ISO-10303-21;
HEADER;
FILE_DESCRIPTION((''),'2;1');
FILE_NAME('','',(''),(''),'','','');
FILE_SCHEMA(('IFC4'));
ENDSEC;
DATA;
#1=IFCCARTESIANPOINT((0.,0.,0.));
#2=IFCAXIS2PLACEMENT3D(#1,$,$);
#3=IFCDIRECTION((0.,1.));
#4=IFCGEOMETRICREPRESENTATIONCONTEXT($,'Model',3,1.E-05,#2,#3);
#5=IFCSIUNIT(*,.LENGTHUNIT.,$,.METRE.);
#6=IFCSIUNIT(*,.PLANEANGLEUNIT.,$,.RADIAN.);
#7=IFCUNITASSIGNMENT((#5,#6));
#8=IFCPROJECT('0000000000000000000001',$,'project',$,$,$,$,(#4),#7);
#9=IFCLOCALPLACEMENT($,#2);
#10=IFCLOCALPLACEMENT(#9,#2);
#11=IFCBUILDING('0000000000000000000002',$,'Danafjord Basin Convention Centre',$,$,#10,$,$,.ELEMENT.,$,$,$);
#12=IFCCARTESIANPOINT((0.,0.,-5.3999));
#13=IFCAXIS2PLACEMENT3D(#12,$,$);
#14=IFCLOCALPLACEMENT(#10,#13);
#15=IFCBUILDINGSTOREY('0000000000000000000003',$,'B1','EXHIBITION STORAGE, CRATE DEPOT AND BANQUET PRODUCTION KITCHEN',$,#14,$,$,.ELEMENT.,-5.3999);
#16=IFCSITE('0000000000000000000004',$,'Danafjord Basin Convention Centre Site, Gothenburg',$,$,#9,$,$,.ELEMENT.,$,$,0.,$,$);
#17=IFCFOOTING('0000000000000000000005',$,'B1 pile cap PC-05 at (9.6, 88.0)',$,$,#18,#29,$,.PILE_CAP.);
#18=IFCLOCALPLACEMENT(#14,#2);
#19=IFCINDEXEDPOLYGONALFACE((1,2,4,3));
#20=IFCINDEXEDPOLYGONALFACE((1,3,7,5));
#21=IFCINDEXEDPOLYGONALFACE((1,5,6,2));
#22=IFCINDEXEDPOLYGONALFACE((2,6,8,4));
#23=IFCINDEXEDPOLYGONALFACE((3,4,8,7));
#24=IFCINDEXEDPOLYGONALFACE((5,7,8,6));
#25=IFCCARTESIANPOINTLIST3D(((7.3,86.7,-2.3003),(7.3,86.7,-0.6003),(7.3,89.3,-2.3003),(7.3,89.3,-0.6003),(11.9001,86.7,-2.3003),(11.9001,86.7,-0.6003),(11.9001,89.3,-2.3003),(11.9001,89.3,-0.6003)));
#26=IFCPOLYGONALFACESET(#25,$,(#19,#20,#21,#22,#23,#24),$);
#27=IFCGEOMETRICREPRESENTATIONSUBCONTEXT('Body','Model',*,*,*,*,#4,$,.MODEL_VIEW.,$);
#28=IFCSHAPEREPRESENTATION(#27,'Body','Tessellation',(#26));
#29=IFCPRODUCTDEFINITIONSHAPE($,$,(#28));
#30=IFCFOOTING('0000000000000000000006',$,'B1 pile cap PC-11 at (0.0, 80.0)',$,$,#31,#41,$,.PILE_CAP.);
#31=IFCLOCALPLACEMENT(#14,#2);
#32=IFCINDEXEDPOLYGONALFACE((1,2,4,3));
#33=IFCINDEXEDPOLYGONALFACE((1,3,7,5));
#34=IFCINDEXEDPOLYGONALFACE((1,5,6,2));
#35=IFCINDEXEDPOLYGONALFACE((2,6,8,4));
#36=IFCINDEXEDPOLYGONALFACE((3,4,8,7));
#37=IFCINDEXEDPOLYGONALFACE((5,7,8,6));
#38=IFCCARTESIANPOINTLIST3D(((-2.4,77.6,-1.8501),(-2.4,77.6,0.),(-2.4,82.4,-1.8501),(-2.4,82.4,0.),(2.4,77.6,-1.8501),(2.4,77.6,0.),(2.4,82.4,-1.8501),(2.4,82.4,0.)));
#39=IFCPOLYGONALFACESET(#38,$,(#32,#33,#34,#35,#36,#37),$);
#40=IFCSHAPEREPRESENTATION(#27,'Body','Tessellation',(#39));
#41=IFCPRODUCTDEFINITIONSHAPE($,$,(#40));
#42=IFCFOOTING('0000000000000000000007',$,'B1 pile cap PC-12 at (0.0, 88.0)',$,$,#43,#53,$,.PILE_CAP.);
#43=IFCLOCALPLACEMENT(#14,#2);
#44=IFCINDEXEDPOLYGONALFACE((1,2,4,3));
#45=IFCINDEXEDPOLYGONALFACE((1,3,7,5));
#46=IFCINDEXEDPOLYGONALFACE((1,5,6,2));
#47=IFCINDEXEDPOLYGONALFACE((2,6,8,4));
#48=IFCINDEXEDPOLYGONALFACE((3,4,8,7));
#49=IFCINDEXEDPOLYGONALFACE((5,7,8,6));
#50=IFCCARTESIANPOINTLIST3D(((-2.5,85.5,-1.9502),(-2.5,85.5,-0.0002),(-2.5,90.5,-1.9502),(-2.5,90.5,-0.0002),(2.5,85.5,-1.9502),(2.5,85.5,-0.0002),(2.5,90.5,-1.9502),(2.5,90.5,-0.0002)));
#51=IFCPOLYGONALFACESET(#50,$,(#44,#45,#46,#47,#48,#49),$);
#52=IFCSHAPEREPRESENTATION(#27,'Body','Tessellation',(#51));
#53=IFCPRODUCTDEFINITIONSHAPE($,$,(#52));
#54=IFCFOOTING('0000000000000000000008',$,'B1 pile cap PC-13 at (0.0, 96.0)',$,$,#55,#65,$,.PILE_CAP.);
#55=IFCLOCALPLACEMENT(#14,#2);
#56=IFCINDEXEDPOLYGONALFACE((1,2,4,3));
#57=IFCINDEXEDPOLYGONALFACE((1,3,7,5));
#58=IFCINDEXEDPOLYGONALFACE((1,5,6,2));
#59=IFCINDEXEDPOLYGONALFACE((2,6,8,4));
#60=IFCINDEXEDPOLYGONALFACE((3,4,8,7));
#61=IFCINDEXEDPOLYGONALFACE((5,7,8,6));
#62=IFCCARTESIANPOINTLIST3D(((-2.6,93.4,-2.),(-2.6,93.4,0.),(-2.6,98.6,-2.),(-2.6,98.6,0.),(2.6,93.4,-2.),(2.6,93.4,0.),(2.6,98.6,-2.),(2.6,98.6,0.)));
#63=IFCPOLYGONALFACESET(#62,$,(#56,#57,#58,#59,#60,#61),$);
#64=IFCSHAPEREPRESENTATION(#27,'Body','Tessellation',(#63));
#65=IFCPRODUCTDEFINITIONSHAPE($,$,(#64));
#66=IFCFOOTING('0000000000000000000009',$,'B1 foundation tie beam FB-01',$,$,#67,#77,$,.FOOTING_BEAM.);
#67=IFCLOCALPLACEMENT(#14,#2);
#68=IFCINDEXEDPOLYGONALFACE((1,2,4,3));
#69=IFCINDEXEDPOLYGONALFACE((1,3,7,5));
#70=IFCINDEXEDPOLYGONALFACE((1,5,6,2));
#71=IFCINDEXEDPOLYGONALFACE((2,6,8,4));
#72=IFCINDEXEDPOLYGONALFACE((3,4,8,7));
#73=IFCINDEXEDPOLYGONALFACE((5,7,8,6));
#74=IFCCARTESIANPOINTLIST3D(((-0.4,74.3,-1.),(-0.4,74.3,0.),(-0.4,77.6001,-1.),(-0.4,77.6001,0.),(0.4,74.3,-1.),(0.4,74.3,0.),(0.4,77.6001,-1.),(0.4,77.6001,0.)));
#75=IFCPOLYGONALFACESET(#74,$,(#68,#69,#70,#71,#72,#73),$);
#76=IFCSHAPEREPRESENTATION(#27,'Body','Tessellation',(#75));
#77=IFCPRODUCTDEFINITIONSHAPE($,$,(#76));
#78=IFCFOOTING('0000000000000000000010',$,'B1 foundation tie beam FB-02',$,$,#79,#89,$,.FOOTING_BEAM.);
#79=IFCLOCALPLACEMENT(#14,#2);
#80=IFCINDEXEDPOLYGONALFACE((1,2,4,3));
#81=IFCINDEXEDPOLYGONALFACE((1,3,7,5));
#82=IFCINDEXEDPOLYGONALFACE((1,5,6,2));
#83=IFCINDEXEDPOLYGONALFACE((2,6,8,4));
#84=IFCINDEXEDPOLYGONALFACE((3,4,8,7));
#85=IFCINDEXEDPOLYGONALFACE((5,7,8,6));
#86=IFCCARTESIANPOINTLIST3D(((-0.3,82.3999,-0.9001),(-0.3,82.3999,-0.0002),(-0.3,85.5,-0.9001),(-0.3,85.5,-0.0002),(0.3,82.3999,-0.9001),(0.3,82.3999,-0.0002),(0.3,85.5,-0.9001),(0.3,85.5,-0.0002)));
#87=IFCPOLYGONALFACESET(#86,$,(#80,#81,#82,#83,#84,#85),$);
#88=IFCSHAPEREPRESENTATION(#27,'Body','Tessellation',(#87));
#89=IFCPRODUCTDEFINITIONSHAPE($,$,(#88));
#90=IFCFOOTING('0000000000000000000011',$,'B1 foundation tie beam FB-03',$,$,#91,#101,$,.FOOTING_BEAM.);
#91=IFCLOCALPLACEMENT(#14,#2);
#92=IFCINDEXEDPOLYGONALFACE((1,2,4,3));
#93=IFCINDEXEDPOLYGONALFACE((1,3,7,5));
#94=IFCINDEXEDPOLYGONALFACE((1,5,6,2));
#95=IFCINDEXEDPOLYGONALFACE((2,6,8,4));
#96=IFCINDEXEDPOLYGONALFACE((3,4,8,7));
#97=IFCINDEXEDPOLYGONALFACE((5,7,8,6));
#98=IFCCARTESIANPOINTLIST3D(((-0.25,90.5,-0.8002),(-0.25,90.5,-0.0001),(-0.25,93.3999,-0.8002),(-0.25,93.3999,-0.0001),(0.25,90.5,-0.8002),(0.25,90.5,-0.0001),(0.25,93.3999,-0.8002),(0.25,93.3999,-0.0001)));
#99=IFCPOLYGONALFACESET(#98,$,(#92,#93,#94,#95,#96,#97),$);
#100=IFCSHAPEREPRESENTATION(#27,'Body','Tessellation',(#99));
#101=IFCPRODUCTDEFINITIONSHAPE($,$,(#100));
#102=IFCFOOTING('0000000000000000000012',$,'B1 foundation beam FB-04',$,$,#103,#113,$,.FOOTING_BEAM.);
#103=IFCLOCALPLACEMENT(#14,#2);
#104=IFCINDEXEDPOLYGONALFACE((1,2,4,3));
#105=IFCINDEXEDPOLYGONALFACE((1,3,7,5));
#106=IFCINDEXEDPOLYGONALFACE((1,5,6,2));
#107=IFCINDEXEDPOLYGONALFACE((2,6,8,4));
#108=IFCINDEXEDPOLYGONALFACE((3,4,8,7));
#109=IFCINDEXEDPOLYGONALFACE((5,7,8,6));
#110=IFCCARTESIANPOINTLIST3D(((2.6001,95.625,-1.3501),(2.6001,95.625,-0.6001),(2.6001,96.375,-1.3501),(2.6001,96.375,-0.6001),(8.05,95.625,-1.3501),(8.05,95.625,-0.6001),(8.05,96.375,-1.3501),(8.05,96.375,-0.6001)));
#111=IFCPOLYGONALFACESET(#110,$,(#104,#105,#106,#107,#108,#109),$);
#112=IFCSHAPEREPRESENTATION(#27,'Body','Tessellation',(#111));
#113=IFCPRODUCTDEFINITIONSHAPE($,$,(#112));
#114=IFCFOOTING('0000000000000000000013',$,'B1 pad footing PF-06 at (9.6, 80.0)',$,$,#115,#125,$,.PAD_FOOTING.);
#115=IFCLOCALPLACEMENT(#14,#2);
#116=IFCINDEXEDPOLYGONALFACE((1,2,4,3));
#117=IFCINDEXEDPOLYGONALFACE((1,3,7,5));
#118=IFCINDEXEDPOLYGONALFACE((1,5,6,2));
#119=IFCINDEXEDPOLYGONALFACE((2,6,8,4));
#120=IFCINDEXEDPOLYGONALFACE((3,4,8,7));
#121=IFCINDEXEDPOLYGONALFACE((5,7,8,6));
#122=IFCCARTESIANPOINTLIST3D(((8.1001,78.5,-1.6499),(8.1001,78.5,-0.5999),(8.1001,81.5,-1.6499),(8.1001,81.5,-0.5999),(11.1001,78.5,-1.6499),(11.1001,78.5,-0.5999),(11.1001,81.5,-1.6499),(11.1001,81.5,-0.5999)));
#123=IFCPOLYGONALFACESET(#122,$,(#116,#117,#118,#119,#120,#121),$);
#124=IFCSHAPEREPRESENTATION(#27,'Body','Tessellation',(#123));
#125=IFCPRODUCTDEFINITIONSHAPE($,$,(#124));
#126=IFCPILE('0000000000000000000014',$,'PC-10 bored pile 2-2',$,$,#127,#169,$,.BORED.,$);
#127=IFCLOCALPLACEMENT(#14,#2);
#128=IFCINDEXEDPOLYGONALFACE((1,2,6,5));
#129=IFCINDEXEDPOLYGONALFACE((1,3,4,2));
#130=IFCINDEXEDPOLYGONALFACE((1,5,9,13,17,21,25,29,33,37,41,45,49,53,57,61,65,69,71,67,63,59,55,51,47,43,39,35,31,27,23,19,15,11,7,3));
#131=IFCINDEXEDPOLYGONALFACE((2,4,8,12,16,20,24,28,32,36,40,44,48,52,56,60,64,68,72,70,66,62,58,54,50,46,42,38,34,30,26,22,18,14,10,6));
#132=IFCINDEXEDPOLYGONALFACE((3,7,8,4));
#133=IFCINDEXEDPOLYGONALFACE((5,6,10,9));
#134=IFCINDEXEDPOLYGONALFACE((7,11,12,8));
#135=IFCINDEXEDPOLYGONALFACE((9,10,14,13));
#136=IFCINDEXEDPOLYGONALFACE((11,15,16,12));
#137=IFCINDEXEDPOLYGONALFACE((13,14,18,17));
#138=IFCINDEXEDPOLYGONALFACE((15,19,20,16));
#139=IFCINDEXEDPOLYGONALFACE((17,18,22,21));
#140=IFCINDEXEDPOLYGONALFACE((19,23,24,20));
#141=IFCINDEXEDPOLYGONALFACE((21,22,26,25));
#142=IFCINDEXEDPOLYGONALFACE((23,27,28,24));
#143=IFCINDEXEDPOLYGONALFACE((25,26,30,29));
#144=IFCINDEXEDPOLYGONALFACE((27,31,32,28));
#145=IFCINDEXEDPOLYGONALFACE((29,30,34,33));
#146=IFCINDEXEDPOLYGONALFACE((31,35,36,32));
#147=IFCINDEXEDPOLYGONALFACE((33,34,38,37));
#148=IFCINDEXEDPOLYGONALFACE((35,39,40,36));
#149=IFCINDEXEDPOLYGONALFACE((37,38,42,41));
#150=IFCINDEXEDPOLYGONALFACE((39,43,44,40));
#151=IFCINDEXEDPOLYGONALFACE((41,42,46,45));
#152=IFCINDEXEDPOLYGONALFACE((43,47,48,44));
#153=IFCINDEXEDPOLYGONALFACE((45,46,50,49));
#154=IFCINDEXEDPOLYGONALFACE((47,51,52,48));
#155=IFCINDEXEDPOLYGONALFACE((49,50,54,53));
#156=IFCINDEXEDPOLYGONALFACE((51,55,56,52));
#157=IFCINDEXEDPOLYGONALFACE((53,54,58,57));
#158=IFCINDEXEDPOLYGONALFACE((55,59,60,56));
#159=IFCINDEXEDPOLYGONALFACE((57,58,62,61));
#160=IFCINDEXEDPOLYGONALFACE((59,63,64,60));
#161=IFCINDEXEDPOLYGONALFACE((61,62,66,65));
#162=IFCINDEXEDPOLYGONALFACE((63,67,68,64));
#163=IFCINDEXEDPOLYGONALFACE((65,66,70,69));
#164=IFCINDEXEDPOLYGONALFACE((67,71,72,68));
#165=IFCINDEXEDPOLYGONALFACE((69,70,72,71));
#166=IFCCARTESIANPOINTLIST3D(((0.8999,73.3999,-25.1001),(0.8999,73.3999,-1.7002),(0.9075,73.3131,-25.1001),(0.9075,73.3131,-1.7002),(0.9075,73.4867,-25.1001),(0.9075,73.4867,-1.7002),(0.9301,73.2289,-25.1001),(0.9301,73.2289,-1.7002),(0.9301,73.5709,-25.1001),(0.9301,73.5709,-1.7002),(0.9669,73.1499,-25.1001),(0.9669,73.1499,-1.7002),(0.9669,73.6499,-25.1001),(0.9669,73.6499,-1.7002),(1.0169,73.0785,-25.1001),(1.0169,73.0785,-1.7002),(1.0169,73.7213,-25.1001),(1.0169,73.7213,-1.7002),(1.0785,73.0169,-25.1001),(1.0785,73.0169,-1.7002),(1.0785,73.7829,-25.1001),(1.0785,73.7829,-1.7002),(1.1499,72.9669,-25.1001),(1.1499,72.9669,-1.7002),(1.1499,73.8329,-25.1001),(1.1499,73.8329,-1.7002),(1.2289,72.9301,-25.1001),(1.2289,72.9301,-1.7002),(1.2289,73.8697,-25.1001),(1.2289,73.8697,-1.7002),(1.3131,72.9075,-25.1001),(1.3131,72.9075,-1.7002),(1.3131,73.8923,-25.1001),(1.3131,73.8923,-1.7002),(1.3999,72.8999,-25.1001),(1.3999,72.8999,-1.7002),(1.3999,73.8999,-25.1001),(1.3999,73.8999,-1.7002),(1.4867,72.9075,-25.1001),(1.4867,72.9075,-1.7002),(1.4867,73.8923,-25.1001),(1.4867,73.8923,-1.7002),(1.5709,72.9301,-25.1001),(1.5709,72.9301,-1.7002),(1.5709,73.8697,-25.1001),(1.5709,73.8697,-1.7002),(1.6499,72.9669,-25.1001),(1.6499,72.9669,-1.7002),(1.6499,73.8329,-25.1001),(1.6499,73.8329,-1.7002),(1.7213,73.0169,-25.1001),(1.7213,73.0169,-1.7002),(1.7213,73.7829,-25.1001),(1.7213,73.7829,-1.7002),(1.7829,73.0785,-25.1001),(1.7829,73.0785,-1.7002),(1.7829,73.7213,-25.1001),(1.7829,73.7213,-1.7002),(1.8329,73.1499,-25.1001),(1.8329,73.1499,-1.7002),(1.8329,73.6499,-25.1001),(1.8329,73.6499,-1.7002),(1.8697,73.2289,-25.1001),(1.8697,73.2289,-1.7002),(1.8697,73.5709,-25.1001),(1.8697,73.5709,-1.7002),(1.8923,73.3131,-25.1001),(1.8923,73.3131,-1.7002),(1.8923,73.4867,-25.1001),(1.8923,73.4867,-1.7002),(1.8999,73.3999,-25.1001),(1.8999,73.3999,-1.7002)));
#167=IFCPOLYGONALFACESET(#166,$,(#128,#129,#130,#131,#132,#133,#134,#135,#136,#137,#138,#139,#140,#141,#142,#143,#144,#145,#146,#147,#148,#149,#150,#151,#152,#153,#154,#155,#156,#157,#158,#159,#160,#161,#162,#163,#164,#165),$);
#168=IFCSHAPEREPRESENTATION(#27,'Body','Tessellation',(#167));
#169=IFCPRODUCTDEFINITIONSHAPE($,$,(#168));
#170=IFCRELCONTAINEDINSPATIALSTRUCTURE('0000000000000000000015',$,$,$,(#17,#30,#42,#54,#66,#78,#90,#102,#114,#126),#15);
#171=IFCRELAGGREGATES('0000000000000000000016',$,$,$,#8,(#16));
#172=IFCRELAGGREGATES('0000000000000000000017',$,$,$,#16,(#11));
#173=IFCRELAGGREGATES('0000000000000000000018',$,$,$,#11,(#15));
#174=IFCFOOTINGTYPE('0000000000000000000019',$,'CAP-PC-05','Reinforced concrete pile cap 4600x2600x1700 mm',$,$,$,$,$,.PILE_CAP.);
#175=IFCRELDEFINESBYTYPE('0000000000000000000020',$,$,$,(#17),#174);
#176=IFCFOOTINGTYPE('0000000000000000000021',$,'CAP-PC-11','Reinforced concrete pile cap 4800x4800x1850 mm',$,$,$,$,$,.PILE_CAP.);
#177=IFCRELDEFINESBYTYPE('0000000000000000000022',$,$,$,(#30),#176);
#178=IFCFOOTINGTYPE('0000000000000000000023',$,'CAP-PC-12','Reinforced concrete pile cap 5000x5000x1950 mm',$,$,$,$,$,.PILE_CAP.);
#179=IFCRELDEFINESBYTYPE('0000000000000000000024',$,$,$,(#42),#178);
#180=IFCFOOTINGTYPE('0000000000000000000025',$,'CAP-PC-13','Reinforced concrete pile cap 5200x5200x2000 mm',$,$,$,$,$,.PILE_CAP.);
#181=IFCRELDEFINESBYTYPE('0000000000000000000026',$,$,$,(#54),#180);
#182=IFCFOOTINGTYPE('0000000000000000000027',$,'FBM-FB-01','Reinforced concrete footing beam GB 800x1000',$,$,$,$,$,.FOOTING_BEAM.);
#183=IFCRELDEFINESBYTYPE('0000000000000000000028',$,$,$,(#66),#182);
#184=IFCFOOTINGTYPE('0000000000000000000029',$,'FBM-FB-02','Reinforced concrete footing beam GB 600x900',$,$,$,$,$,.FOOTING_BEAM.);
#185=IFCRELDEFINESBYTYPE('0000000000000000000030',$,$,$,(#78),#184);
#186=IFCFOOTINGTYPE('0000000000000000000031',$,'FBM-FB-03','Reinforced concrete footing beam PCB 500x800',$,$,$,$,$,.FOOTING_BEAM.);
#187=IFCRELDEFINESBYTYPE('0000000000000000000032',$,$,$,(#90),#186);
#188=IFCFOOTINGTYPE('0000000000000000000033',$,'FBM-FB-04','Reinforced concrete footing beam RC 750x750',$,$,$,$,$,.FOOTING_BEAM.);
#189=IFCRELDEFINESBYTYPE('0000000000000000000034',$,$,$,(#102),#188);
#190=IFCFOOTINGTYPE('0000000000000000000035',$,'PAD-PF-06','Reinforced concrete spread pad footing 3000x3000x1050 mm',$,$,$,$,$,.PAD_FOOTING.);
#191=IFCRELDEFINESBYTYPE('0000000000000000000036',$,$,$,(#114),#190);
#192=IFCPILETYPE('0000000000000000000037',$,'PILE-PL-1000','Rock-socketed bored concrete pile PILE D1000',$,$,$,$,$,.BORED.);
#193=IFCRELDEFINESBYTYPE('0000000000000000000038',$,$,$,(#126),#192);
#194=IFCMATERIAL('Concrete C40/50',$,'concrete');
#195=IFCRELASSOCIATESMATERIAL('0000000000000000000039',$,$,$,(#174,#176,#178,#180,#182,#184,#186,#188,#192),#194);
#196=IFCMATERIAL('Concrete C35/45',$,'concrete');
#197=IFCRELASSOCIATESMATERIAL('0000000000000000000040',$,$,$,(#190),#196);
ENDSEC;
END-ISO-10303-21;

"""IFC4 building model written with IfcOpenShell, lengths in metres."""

from ifc_helpers import new_model, si_unit, direction, frame, origin, origin_2d, place, context, subcontext, project, spatial, rectangle, circle, extrude, material, material_profile, profile_set, type_object, element, save


model = new_model("IFC4")

# Units and contexts
model_context = context("Model", 3, precision=1e-05, world=origin(), true_north=direction((0.0, 1.0)))
body_context = subcontext(model_context, "Body", "Model", "MODEL_VIEW")
ifc_project = project(units=[si_unit("LENGTHUNIT", "METRE"), si_unit("PLANEANGLEUNIT", "RADIAN")], contexts=[model_context])

# Site, building, storey
site_placement = place(None, origin())
site = spatial("IfcSite", under=ifc_project, at=site_placement, Name="Danafjord Basin Convention Centre Site, Gothenburg", CompositionType="ELEMENT", RefElevation=0.0)
building_placement = place(site_placement, origin())
building = spatial("IfcBuilding", under=site, at=building_placement, Name="Danafjord Basin Convention Centre", CompositionType="ELEMENT")
storey_placement = place(building_placement, frame((0.0, 0.0, -5.3999)))
storey = spatial("IfcBuildingStorey", under=building, at=storey_placement, Name="B1", Description="EXHIBITION STORAGE, CRATE DEPOT AND BANQUET PRODUCTION KITCHEN", CompositionType="ELEMENT", Elevation=-5.3999)

# Footings
ifc_material_1 = material(Name="Concrete C40/50", Category="concrete")
footing_type_1 = type_object("IfcFootingType", Name="CAP-PC-05", Description="Reinforced concrete pile cap 4600x2600x1700 mm", PredefinedType="PILE_CAP", material=ifc_material_1)
footing_1_placement = place(storey_placement, frame((9.6001, 88.0, -2.3003), z_axis=(0.0, 0.0, 1.0), x_axis=(1.0, 0.0, 0.0)))
element("IfcFooting", 1, at=footing_1_placement, inside=storey, type_object=footing_type_1, Name="B1 pile cap PC-05 at (9.6, 88.0)", PredefinedType="PILE_CAP", context=body_context, shape_type="SweptSolid", body=[
    extrude(rectangle(XDim=4.6001, YDim=2.6001, at=origin_2d()), origin(), (0.0, 0.0, 1.0), 1.7),
])
footing_type_2 = type_object("IfcFootingType", Name="CAP-PC-11", Description="Reinforced concrete pile cap 4800x4800x1850 mm", PredefinedType="PILE_CAP", material=ifc_material_1)
footing_2_placement = place(storey_placement, frame((0.0, 80.0, -1.8501), z_axis=(0.0, 0.0, 1.0), x_axis=(1.0, 0.0, 0.0)))
element("IfcFooting", 2, at=footing_2_placement, inside=storey, type_object=footing_type_2, Name="B1 pile cap PC-11 at (0.0, 80.0)", PredefinedType="PILE_CAP", context=body_context, shape_type="SweptSolid", body=[
    extrude(rectangle(XDim=4.8, YDim=4.8, at=origin_2d()), origin(), (0.0, 0.0, 1.0), 1.8501),
])
footing_type_3 = type_object("IfcFootingType", Name="CAP-PC-12", Description="Reinforced concrete pile cap 5000x5000x1950 mm", PredefinedType="PILE_CAP", material=ifc_material_1)
footing_3_placement = place(storey_placement, frame((0.0, 88.0, -1.9502), z_axis=(0.0, 0.0, 1.0), x_axis=(1.0, 0.0, 0.0)))
element("IfcFooting", 3, at=footing_3_placement, inside=storey, type_object=footing_type_3, Name="B1 pile cap PC-12 at (0.0, 88.0)", PredefinedType="PILE_CAP", context=body_context, shape_type="SweptSolid", body=[
    extrude(rectangle(XDim=5.0, YDim=5.0, at=origin_2d()), origin(), (0.0, 0.0, 1.0), 1.95),
])
footing_type_4 = type_object("IfcFootingType", Name="CAP-PC-13", Description="Reinforced concrete pile cap 5200x5200x2000 mm", PredefinedType="PILE_CAP", material=ifc_material_1)
footing_4_placement = place(storey_placement, frame((0.0, 96.0, -2.0), z_axis=(0.0, 0.0, 1.0), x_axis=(1.0, 0.0, 0.0)))
element("IfcFooting", 4, at=footing_4_placement, inside=storey, type_object=footing_type_4, Name="B1 pile cap PC-13 at (0.0, 96.0)", PredefinedType="PILE_CAP", context=body_context, shape_type="SweptSolid", body=[
    extrude(rectangle(XDim=5.2, YDim=5.2, at=origin_2d()), origin(), (0.0, 0.0, 1.0), 2.0),
])
ifc_material_profile_1 = material_profile(ifc_material_1, rectangle(XDim=0.8, YDim=1.0, at=origin_2d()), Name="GB 800x1000")
ifc_profile_set_1 = profile_set([ifc_material_profile_1], Name="Concrete C40/50")
footing_type_5 = type_object("IfcFootingType", Name="FBM-FB-01", Description="Reinforced concrete footing beam GB 800x1000", PredefinedType="FOOTING_BEAM", material=ifc_profile_set_1)
footing_5_placement = place(storey_placement, frame((0.0, 74.3, -0.5), z_axis=(0.0, 1.0, 0.0), x_axis=(-1.0, 0.0, 0.0)))
element("IfcFooting", 5, at=footing_5_placement, inside=storey, type_object=footing_type_5, Name="B1 foundation tie beam FB-01", PredefinedType="FOOTING_BEAM", context=body_context, shape_type="SweptSolid", body=[
    extrude(rectangle(XDim=0.8, YDim=1.0, at=origin_2d()), origin(), (0.0, 0.0, 1.0), 3.3),
])
ifc_material_profile_2 = material_profile(ifc_material_1, rectangle(XDim=0.6001, YDim=0.8999, at=origin_2d()), Name="GB 600x900")
ifc_profile_set_2 = profile_set([ifc_material_profile_2], Name="Concrete C40/50")
footing_type_6 = type_object("IfcFootingType", Name="FBM-FB-02", Description="Reinforced concrete footing beam GB 600x900", PredefinedType="FOOTING_BEAM", material=ifc_profile_set_2)
footing_6_placement = place(storey_placement, frame((0.0, 82.3999, -0.4502), z_axis=(0.0, 1.0, 0.0), x_axis=(-1.0, 0.0, 0.0)))
element("IfcFooting", 6, at=footing_6_placement, inside=storey, type_object=footing_type_6, Name="B1 foundation tie beam FB-02", PredefinedType="FOOTING_BEAM", context=body_context, shape_type="SweptSolid", body=[
    extrude(rectangle(XDim=0.6001, YDim=0.8999, at=origin_2d()), origin(), (0.0, 0.0, 1.0), 3.1001),
])
ifc_material_profile_3 = material_profile(ifc_material_1, rectangle(XDim=0.5, YDim=0.8, at=origin_2d()), Name="PCB 500x800")
ifc_profile_set_3 = profile_set([ifc_material_profile_3], Name="Concrete C40/50")
footing_type_7 = type_object("IfcFootingType", Name="FBM-FB-03", Description="Reinforced concrete footing beam PCB 500x800", PredefinedType="FOOTING_BEAM", material=ifc_profile_set_3)
footing_7_placement = place(storey_placement, frame((0.0, 90.5, -0.4001), z_axis=(0.0, 1.0, 0.0), x_axis=(-1.0, 0.0, 0.0)))
element("IfcFooting", 7, at=footing_7_placement, inside=storey, type_object=footing_type_7, Name="B1 foundation tie beam FB-03", PredefinedType="FOOTING_BEAM", context=body_context, shape_type="SweptSolid", body=[
    extrude(rectangle(XDim=0.5, YDim=0.8, at=origin_2d()), origin(), (0.0, 0.0, 1.0), 2.8999),
])
ifc_material_profile_4 = material_profile(ifc_material_1, rectangle(XDim=0.75, YDim=0.75, at=origin_2d()), Name="RC 750x750")
ifc_profile_set_4 = profile_set([ifc_material_profile_4], Name="Concrete C40/50")
footing_type_8 = type_object("IfcFootingType", Name="FBM-FB-04", Description="Reinforced concrete footing beam RC 750x750", PredefinedType="FOOTING_BEAM", material=ifc_profile_set_4)
footing_8_placement = place(storey_placement, frame((2.6001, 96.0, -0.9751), z_axis=(1.0, 0.0, 0.0), x_axis=(0.0, 1.0, 0.0)))
element("IfcFooting", 8, at=footing_8_placement, inside=storey, type_object=footing_type_8, Name="B1 foundation beam FB-04", PredefinedType="FOOTING_BEAM", context=body_context, shape_type="SweptSolid", body=[
    extrude(rectangle(XDim=0.75, YDim=0.75, at=origin_2d()), origin(), (0.0, 0.0, 1.0), 5.45),
])
ifc_material_2 = material(Name="Concrete C35/45", Category="concrete")
footing_type_9 = type_object("IfcFootingType", Name="PAD-PF-06", Description="Reinforced concrete spread pad footing 3000x3000x1050 mm", PredefinedType="PAD_FOOTING", material=ifc_material_2)
footing_9_placement = place(storey_placement, frame((9.6001, 80.0, -1.6499), z_axis=(0.0, 0.0, 1.0), x_axis=(1.0, 0.0, 0.0)))
element("IfcFooting", 9, at=footing_9_placement, inside=storey, type_object=footing_type_9, Name="B1 pad footing PF-06 at (9.6, 80.0)", PredefinedType="PAD_FOOTING", context=body_context, shape_type="SweptSolid", body=[
    extrude(rectangle(XDim=3.0, YDim=3.0, at=origin_2d()), origin(), (0.0, 0.0, 1.0), 1.05),
])

# Pile
ifc_material_profile_5 = material_profile(ifc_material_1, circle(Radius=0.5, at=origin_2d()), Name="PILE D1000")
ifc_profile_set_5 = profile_set([ifc_material_profile_5], Name="Concrete C40/50")
pile_type_1 = type_object("IfcPileType", Name="PILE-PL-1000", Description="Rock-socketed bored concrete pile PILE D1000", PredefinedType="BORED", material=ifc_profile_set_5)
pile_1_placement = place(storey_placement, frame((1.3999, 73.3999, -1.7002), z_axis=(0.0, 0.0, -1.0), x_axis=(1.0, 0.0, 0.0)))
element("IfcPile", 10, at=pile_1_placement, inside=storey, type_object=pile_type_1, Name="PC-10 bored pile 2-2", PredefinedType="BORED", context=body_context, shape_type="SweptSolid", body=[
    extrude(circle(Radius=0.5, at=origin_2d()), origin(), (0.0, 0.0, 1.0), 23.3999),
])

save(model, "model.ifc")
